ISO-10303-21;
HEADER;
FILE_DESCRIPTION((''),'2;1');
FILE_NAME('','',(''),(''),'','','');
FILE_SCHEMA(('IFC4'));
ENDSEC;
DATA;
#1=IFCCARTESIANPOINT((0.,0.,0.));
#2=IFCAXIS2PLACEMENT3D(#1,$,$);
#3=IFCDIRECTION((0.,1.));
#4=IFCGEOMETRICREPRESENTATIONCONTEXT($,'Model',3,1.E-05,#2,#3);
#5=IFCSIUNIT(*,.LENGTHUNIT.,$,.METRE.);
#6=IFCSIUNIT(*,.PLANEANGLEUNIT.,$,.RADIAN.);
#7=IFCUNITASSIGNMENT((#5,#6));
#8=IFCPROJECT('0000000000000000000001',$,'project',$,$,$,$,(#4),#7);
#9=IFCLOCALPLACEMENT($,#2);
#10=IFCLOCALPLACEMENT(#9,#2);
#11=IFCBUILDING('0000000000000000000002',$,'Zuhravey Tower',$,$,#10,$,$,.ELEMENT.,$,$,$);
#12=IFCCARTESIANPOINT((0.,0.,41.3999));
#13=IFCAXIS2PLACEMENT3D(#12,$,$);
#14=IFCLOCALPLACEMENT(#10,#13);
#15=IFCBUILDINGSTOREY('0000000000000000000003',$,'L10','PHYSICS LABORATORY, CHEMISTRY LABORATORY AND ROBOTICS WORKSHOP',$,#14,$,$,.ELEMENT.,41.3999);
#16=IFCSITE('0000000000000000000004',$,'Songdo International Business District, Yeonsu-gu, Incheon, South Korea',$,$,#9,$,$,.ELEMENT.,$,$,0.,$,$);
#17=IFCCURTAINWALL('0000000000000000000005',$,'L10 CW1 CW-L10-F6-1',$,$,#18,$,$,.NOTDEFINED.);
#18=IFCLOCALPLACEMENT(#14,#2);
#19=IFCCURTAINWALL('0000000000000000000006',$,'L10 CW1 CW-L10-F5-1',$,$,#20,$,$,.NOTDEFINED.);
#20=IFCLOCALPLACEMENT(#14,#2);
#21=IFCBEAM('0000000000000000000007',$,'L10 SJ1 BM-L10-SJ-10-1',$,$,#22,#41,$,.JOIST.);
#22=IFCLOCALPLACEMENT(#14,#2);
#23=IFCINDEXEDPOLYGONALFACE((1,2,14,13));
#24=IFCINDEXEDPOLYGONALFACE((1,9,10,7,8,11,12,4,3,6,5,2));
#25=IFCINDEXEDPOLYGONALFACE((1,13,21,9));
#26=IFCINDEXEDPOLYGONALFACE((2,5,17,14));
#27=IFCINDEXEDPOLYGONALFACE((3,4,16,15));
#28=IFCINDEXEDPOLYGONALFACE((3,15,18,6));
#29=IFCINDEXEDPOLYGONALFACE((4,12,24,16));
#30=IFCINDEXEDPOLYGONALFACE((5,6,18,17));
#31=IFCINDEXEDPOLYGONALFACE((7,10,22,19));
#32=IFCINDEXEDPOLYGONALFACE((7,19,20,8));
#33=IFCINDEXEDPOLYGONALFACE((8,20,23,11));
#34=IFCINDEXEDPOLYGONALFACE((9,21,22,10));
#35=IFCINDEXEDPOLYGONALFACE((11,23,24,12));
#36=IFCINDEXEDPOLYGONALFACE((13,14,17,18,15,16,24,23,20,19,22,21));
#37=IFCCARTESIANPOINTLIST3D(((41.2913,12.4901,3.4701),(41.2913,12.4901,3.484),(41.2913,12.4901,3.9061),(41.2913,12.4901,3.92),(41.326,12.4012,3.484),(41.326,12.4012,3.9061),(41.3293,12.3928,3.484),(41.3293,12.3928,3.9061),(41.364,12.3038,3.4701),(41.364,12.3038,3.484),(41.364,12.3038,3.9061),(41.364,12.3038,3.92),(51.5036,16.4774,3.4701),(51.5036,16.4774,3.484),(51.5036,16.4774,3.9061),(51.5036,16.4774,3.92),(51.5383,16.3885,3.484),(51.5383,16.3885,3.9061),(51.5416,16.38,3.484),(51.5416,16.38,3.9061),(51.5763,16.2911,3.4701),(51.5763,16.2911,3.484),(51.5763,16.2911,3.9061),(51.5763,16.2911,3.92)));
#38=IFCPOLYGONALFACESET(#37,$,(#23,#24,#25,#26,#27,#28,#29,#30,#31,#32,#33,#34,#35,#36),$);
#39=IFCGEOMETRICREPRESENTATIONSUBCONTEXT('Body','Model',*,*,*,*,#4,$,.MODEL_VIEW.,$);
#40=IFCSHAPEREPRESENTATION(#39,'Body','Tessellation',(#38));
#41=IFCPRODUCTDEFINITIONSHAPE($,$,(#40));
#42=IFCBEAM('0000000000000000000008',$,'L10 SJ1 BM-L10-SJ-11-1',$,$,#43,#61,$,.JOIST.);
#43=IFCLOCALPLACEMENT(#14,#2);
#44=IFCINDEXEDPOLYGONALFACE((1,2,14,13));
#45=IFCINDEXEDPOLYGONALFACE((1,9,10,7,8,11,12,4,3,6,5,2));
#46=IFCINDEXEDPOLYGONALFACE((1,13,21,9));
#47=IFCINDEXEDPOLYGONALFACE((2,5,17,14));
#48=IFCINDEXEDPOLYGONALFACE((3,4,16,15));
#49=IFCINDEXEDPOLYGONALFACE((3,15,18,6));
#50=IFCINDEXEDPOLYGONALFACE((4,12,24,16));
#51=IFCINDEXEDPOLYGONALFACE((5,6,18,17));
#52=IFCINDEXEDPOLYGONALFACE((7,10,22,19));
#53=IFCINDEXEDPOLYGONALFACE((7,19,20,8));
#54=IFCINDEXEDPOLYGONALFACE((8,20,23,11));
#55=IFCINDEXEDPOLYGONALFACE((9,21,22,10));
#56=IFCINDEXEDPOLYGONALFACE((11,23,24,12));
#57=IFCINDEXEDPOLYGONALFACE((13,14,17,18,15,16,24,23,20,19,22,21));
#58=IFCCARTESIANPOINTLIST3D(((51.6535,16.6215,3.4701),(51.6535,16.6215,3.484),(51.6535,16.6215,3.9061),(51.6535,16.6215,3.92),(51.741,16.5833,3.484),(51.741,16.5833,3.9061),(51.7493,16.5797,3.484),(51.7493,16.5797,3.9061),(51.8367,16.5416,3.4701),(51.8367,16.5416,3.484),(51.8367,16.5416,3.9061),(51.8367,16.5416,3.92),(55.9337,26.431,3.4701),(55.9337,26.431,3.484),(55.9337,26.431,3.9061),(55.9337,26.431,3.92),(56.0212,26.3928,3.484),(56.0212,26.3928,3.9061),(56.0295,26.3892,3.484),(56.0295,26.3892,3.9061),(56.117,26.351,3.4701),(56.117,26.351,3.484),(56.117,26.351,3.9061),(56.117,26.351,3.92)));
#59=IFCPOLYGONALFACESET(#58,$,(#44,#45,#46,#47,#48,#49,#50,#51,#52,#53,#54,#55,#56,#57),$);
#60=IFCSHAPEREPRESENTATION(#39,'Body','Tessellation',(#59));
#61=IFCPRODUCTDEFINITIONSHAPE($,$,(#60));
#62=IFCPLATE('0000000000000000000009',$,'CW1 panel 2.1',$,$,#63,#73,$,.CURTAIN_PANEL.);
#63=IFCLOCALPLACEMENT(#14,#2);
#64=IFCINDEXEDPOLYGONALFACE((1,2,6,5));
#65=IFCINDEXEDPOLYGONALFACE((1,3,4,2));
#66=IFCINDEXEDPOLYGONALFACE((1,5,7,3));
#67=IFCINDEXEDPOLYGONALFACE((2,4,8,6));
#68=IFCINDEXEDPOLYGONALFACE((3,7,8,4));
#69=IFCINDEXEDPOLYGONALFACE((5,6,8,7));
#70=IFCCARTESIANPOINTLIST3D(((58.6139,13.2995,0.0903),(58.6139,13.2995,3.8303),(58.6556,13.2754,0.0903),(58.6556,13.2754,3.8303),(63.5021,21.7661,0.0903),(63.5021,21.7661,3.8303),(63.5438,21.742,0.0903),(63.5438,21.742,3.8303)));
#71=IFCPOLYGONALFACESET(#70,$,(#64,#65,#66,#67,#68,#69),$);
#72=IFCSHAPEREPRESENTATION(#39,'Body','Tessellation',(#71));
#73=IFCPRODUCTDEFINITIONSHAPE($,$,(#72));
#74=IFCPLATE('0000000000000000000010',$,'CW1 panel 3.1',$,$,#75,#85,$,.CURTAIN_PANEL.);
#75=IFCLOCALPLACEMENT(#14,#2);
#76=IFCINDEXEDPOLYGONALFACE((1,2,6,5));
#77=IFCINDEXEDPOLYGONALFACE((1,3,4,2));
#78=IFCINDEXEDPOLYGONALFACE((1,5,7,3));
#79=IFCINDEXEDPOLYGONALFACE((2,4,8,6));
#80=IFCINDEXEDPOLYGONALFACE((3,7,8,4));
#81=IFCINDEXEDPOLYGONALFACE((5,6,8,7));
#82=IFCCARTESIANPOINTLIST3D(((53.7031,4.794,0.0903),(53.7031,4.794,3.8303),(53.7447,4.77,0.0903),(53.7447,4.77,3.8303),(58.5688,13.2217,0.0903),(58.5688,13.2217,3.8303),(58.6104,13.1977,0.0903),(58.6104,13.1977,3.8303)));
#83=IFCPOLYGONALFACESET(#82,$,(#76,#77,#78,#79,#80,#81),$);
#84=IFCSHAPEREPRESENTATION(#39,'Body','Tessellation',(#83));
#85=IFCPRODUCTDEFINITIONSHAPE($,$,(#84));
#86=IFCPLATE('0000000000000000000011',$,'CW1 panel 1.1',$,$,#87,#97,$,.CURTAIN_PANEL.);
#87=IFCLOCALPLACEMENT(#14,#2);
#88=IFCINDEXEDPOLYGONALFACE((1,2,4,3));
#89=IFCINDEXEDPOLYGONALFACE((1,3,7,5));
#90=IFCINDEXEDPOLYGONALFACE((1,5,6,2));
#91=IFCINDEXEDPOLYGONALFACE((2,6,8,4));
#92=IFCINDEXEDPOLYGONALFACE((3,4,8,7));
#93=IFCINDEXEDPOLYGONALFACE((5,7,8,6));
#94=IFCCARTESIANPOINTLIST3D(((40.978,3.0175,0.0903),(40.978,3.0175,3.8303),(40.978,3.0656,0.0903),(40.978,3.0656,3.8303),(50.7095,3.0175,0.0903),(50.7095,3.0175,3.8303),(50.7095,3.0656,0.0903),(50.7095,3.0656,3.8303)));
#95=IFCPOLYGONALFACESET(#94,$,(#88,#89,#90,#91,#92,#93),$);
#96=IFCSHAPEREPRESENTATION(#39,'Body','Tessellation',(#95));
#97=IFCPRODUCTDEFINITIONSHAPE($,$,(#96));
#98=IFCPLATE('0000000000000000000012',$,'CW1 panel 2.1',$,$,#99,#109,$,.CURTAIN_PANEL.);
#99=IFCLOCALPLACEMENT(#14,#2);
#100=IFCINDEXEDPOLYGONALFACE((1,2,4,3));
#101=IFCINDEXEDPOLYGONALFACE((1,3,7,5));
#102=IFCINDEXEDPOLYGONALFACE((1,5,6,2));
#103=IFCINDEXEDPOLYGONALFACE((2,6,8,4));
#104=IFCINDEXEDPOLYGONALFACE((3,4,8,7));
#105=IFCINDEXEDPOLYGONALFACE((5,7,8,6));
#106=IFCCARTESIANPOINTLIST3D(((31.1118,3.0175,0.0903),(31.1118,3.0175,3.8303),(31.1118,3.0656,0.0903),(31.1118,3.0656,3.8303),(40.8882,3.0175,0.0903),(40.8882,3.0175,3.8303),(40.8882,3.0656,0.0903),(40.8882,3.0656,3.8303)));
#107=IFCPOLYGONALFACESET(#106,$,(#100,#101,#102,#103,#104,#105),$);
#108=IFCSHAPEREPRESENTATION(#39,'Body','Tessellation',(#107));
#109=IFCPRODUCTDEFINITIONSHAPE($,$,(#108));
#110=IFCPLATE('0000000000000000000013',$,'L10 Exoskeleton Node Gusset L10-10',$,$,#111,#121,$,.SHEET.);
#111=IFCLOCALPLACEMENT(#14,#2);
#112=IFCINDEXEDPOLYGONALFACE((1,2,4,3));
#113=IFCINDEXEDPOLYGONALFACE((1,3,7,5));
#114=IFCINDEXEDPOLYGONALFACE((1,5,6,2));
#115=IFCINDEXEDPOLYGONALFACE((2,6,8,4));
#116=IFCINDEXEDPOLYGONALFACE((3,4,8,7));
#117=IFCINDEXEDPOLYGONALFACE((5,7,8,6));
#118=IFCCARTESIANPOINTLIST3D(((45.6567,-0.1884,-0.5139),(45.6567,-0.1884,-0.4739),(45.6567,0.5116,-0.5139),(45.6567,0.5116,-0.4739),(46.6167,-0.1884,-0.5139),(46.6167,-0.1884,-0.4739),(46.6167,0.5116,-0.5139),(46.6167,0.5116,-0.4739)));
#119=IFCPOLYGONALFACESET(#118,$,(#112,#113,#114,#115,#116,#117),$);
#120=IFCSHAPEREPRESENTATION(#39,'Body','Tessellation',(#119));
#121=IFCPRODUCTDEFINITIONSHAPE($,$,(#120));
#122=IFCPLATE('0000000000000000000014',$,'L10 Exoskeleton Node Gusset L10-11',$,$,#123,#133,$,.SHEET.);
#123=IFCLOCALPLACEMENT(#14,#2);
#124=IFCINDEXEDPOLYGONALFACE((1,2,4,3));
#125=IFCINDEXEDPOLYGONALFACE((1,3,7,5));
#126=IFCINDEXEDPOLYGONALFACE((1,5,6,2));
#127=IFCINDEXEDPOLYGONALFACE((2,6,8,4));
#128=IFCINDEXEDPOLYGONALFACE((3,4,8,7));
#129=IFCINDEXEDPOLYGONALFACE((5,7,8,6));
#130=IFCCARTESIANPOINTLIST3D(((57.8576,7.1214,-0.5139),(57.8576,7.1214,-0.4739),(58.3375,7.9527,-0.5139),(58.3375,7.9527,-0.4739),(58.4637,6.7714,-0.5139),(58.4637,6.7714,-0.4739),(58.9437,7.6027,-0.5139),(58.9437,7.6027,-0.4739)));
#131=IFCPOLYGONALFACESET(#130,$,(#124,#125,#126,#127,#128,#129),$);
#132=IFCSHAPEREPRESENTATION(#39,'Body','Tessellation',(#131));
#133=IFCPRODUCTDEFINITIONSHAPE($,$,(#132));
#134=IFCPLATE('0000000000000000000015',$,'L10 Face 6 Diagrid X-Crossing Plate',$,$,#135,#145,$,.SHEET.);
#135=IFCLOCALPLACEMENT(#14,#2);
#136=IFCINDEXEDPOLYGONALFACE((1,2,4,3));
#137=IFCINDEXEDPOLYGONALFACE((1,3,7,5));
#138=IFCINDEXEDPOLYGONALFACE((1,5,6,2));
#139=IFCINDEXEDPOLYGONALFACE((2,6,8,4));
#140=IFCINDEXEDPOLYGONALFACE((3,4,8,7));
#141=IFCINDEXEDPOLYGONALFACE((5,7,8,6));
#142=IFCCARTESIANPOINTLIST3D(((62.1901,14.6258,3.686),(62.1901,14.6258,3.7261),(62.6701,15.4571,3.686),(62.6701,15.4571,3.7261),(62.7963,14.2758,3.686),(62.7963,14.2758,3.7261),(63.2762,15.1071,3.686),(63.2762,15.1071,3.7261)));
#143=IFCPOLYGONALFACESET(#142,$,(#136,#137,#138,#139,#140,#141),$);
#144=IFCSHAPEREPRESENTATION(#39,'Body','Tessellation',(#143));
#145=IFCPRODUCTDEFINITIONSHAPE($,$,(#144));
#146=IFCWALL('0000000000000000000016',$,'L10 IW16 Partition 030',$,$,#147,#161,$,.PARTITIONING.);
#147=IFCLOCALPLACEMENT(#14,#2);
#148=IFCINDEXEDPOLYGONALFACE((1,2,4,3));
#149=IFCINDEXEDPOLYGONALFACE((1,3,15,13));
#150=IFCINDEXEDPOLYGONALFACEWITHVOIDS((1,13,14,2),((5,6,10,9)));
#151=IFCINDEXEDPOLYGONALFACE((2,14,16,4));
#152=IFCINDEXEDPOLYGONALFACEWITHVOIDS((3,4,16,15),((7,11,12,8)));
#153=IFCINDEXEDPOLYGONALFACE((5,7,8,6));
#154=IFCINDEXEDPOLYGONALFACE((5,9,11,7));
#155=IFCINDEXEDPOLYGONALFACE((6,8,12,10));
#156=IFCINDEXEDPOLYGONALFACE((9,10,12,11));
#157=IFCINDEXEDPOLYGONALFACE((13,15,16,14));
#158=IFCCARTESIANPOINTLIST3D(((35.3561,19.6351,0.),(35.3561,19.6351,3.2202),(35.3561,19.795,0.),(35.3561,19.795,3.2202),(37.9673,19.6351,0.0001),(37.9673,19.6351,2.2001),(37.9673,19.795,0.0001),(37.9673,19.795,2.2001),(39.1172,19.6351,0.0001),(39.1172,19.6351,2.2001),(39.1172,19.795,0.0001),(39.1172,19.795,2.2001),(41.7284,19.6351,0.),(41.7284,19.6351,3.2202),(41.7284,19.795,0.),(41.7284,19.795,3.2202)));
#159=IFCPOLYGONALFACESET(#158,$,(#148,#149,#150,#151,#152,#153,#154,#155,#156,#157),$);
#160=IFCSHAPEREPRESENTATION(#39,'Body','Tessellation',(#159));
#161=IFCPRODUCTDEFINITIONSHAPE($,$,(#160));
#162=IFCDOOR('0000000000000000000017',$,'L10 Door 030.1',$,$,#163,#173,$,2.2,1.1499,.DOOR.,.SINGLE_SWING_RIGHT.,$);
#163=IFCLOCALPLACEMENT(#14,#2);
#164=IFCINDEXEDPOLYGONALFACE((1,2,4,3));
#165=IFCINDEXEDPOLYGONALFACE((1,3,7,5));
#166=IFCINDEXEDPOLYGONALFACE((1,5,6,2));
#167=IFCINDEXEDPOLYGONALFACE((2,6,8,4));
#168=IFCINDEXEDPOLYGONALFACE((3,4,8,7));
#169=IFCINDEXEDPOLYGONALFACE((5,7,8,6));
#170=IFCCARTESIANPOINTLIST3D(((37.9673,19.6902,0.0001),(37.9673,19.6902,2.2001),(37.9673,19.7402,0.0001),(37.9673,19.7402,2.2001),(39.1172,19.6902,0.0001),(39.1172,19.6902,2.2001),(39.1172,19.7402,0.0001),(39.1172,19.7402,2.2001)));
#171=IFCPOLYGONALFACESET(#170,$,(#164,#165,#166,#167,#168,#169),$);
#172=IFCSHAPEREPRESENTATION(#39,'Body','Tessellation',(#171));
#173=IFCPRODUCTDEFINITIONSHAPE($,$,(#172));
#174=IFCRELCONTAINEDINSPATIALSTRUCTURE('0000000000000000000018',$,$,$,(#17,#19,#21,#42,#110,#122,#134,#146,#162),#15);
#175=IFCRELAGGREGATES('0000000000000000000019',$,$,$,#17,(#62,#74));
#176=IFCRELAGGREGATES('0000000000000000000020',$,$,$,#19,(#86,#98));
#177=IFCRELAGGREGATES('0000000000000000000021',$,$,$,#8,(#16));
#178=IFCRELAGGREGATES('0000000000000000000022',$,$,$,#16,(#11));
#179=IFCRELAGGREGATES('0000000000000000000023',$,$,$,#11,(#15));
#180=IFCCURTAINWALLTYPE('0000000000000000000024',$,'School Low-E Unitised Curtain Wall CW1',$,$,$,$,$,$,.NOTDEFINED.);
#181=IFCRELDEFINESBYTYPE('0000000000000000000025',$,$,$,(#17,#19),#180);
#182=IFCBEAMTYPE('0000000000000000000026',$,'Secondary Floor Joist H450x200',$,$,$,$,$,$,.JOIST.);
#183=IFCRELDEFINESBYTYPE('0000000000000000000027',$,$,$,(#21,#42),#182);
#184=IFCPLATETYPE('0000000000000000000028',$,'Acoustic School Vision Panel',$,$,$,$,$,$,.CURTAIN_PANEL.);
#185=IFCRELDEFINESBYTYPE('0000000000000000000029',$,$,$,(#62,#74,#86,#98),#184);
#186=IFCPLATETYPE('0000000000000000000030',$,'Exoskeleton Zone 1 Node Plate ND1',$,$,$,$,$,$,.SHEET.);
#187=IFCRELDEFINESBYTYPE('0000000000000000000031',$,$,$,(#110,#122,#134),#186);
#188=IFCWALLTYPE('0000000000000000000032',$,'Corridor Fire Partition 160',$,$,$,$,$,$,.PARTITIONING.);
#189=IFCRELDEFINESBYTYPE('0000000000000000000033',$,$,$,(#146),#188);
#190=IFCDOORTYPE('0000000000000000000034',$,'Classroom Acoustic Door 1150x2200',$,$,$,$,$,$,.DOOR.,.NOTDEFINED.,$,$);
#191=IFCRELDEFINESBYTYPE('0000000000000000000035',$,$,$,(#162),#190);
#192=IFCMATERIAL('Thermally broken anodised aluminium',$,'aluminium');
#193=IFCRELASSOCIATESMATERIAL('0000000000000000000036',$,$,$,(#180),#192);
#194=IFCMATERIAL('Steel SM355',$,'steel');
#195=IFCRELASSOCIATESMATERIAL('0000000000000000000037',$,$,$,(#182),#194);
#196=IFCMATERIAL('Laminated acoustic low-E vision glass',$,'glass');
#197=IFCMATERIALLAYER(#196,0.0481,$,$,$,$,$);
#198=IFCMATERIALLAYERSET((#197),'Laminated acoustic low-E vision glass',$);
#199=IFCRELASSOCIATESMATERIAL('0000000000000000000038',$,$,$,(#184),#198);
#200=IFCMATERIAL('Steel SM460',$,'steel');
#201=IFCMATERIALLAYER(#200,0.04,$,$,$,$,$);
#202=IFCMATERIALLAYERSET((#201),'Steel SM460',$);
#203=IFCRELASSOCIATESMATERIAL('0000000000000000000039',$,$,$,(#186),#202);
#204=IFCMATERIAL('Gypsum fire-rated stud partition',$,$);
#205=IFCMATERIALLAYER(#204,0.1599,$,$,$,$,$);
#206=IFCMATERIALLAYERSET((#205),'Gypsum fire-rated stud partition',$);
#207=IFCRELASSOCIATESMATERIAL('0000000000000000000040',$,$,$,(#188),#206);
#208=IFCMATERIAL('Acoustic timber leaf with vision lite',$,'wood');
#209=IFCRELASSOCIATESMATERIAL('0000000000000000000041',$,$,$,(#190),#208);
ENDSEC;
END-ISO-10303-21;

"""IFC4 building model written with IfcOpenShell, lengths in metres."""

from ifc_helpers import new_model, si_unit, direction, frame, frame_2d, origin, origin_2d, place, context, subcontext, project, spatial, rectangle, i_section, extrude, material, layer, layer_set, material_profile, profile_set, type_object, element, fill, aggregate, save


model = new_model("IFC4")

# Units and contexts
model_context = context("Model", 3, precision=1e-05, world=origin(), true_north=direction((0.0, 1.0)))
body_context = subcontext(model_context, "Body", "Model", "MODEL_VIEW")
ifc_project = project(units=[si_unit("LENGTHUNIT", "METRE"), si_unit("PLANEANGLEUNIT", "RADIAN")], contexts=[model_context])

# Site, building, storey
site_placement = place(None, origin())
site = spatial("IfcSite", under=ifc_project, at=site_placement, Name="Songdo International Business District, Yeonsu-gu, Incheon, South Korea", CompositionType="ELEMENT", RefElevation=0.0)
building_placement = place(site_placement, origin())
building = spatial("IfcBuilding", under=site, at=building_placement, Name="Zuhravey Tower", CompositionType="ELEMENT")
storey_placement = place(building_placement, frame((0.0, 0.0, 41.3999)))
storey = spatial("IfcBuildingStorey", under=building, at=storey_placement, Name="L10", Description="PHYSICS LABORATORY, CHEMISTRY LABORATORY AND ROBOTICS WORKSHOP", CompositionType="ELEMENT", Elevation=41.3999)

# Curtain walls
ifc_material_1 = material(Name="Thermally broken anodised aluminium", Category="aluminium")
curtain_wall_type = type_object("IfcCurtainWallType", Name="School Low-E Unitised Curtain Wall CW1", PredefinedType="NOTDEFINED", material=ifc_material_1)
curtain_wall_1_placement = place(storey_placement, origin())
curtain_wall_1 = element("IfcCurtainWall", 1, at=curtain_wall_1_placement, inside=storey, type_object=curtain_wall_type, Name="L10 CW1 CW-L10-F6-1", PredefinedType="NOTDEFINED")
curtain_wall_2_placement = place(storey_placement, origin())
curtain_wall_2 = element("IfcCurtainWall", 2, at=curtain_wall_2_placement, inside=storey, type_object=curtain_wall_type, Name="L10 CW1 CW-L10-F5-1", PredefinedType="NOTDEFINED")

# Shared definitions
ifc_material_2 = material(Name="Steel SM355", Category="steel")
ifc_material_3 = material(Name="Steel SM460", Category="steel")

# Beams
ifc_material_profile_1 = material_profile(ifc_material_2, i_section(OverallWidth=0.2, OverallDepth=0.45, WebThickness=0.009, FlangeThickness=0.0139, at=origin_2d()), Name="H-450x200x9x14")
ifc_profile_set_1 = profile_set([ifc_material_profile_1], Name="Steel SM355")
beam_type_1 = type_object("IfcBeamType", Name="Secondary Floor Joist H450x200", PredefinedType="JOIST", material=ifc_profile_set_1)
beam_1_placement = place(storey_placement, frame((41.3276, 12.397, 3.6951), z_axis=(0.931517, 0.363699, 0.0), x_axis=(-0.363699, 0.931517, 0.0)))
element("IfcBeam", 3, at=beam_1_placement, inside=storey, type_object=beam_type_1, Name="L10 SJ1 BM-L10-SJ-10-1", PredefinedType="JOIST", context=body_context, shape_type="SweptSolid", body=[
    extrude(i_section(OverallWidth=0.2, OverallDepth=0.45, WebThickness=0.009, FlangeThickness=0.0139, at=origin_2d()), origin(), (0.0, 0.0, 1.0), 10.9631),
])
beam_2_placement = place(storey_placement, frame((51.7451, 16.5815, 3.6951), z_axis=(0.399924, 0.916549, 0.0), x_axis=(-0.916549, 0.399924, 0.0)))
element("IfcBeam", 4, at=beam_2_placement, inside=storey, type_object=beam_type_1, Name="L10 SJ1 BM-L10-SJ-11-1", PredefinedType="JOIST", context=body_context, shape_type="SweptSolid", body=[
    extrude(i_section(OverallWidth=0.2, OverallDepth=0.45, WebThickness=0.009, FlangeThickness=0.0139, at=origin_2d()), origin(), (0.0, 0.0, 1.0), 10.7026),
])

# Plates
ifc_material_4 = material(Name="Laminated acoustic low-E vision glass", Category="glass")
ifc_layer_1 = layer(ifc_material_4, 0.0481)
ifc_layer_set_1 = layer_set([ifc_layer_1], Name="Laminated acoustic low-E vision glass")
plate_type_1 = type_object("IfcPlateType", Name="Acoustic School Vision Panel", PredefinedType="CURTAIN_PANEL", material=ifc_layer_set_1)
plate_1_placement = place(storey_placement, frame((61.0789, 17.5208, 0.0903), z_axis=(0.0, 0.0, 1.0), x_axis=(-0.5, -0.866026, 0.0)))
plate_1 = element("IfcPlate", 5, at=plate_1_placement, type_object=plate_type_1, Name="CW1 panel 2.1", PredefinedType="CURTAIN_PANEL", context=body_context, shape_type="SweptSolid", body=[
    extrude(rectangle(XDim=9.7764, YDim=0.0481, at=origin_2d()), origin(), (0.0, 0.0, 1.0), 3.74),
])
plate_2_placement = place(storey_placement, frame((56.1567, 8.9958, 0.0903), z_axis=(0.0, 0.0, 1.0), x_axis=(-0.5, -0.866026, 0.0)))
plate_2 = element("IfcPlate", 6, at=plate_2_placement, type_object=plate_type_1, Name="CW1 panel 3.1", PredefinedType="CURTAIN_PANEL", context=body_context, shape_type="SweptSolid", body=[
    extrude(rectangle(XDim=9.7314, YDim=0.0481, at=origin_2d()), origin(), (0.0, 0.0, 1.0), 3.74),
])
aggregate(curtain_wall_1, [plate_1, plate_2])
plate_3_placement = place(storey_placement, frame((45.8438, 3.0415, 0.0903), z_axis=(0.0, 0.0, 1.0), x_axis=(-1.0, 0.0, 0.0)))
plate_3 = element("IfcPlate", 7, at=plate_3_placement, type_object=plate_type_1, Name="CW1 panel 1.1", PredefinedType="CURTAIN_PANEL", context=body_context, shape_type="SweptSolid", body=[
    extrude(rectangle(XDim=9.7314, YDim=0.0481, at=origin_2d()), origin(), (0.0, 0.0, 1.0), 3.74),
])
plate_4_placement = place(storey_placement, frame((36.0, 3.0415, 0.0903), z_axis=(0.0, 0.0, 1.0), x_axis=(-1.0, 0.0, 0.0)))
plate_4 = element("IfcPlate", 8, at=plate_4_placement, type_object=plate_type_1, Name="CW1 panel 2.1", PredefinedType="CURTAIN_PANEL", context=body_context, shape_type="SweptSolid", body=[
    extrude(rectangle(XDim=9.7764, YDim=0.0481, at=origin_2d()), origin(), (0.0, 0.0, 1.0), 3.74),
])
aggregate(curtain_wall_2, [plate_3, plate_4])

# Plates
ifc_layer_2 = layer(ifc_material_3, 0.04)
ifc_layer_set_2 = layer_set([ifc_layer_2], Name="Steel SM460")
plate_type_2 = type_object("IfcPlateType", Name="Exoskeleton Zone 1 Node Plate ND1", PredefinedType="SHEET", material=ifc_layer_set_2)
for number, where, z_axis, x_axis, name in (
    (9, (46.1367, 0.1616, -0.5139), (0.0, 0.0, 1.0), (1.0, 0.0, 0.0), "L10 Exoskeleton Node Gusset L10-10"),
    (10, (58.4006, 7.3621, -0.5139), (0.0, 0.0, 1.0), (0.5, 0.866025, 0.0), "L10 Exoskeleton Node Gusset L10-11"),
    (11, (62.7332, 14.8665, 3.686), (0.0, 0.0, 1.0), (0.5, 0.866025, 0.0), "L10 Face 6 Diagrid X-Crossing Plate"),
):
    element("IfcPlate", number, at=place(storey_placement, frame(where, z_axis=z_axis, x_axis=x_axis)), inside=storey, type_object=plate_type_2, Name=name, PredefinedType="SHEET", context=body_context, shape_type="SweptSolid", body=[
        extrude(rectangle(XDim=0.96, YDim=0.7, at=origin_2d()), origin(), (0.0, 0.0, 1.0), 0.04),
    ])

# Wall, opening, door
ifc_material_5 = material(Name="Gypsum fire-rated stud partition")
ifc_layer_3 = layer(ifc_material_5, 0.1599)
ifc_layer_set_3 = layer_set([ifc_layer_3], Name="Gypsum fire-rated stud partition")
wall_type_1 = type_object("IfcWallType", Name="Corridor Fire Partition 160", PredefinedType="PARTITIONING", material=ifc_layer_set_3)
wall_1_placement = place(storey_placement, frame((35.3562, 19.7151, 0.0), z_axis=(0.0, 0.0, 1.0), x_axis=(1.0, 0.0, 0.0)))
wall_1 = element("IfcWall", 12, at=wall_1_placement, inside=storey, type_object=wall_type_1, Name="L10 IW16 Partition 030", PredefinedType="PARTITIONING", context=body_context, shape_type="SweptSolid", body=[
    extrude(rectangle(XDim=6.3723, YDim=0.1599, at=frame_2d((3.186, 0.0))), origin(), (0.0, 0.0, 1.0), 3.2202),
])
opening_1_placement = place(wall_1_placement, frame((2.6111, 0.0, 0.0)))
opening_1 = element("IfcOpeningElement", 13, at=opening_1_placement, cuts=wall_1, PredefinedType="OPENING", context=body_context, shape_type="SweptSolid", body=[
    extrude(rectangle(XDim=1.1499, YDim=2.2, at=frame_2d((0.575, 1.1001))), frame((0.0, 0.092, 0.0), z_axis=(0.0, -1.0, 0.0), x_axis=(1.0, 0.0, 0.0)), (0.0, 0.0, 1.0), 0.1838),
])
ifc_material_6 = material(Name="Acoustic timber leaf with vision lite", Category="wood")
door_type = type_object("IfcDoorType", Name="Classroom Acoustic Door 1150x2200", OperationType="NOTDEFINED", PredefinedType="DOOR", material=ifc_material_6)
door_1_placement = place(opening_1_placement, frame((1.1499, 0.0, 0.0), z_axis=(0.0, 0.0, 1.0), x_axis=(-1.0, 0.0, 0.0)))
door_1 = element("IfcDoor", 14, at=door_1_placement, inside=storey, type_object=door_type, Name="L10 Door 030.1", OperationType="SINGLE_SWING_RIGHT", OverallHeight=2.2, OverallWidth=1.1499, PredefinedType="DOOR", context=body_context, shape_type="SweptSolid", body=[
    extrude(rectangle(XDim=1.1499, YDim=2.2, at=frame_2d((0.575, 1.1001))), frame((0.0, 0.0249, 0.0), z_axis=(0.0, -1.0, 0.0), x_axis=(1.0, 0.0, 0.0)), (0.0, 0.0, 1.0), 0.05),
])
fill(opening_1, door_1)

save(model, "model.ifc")
